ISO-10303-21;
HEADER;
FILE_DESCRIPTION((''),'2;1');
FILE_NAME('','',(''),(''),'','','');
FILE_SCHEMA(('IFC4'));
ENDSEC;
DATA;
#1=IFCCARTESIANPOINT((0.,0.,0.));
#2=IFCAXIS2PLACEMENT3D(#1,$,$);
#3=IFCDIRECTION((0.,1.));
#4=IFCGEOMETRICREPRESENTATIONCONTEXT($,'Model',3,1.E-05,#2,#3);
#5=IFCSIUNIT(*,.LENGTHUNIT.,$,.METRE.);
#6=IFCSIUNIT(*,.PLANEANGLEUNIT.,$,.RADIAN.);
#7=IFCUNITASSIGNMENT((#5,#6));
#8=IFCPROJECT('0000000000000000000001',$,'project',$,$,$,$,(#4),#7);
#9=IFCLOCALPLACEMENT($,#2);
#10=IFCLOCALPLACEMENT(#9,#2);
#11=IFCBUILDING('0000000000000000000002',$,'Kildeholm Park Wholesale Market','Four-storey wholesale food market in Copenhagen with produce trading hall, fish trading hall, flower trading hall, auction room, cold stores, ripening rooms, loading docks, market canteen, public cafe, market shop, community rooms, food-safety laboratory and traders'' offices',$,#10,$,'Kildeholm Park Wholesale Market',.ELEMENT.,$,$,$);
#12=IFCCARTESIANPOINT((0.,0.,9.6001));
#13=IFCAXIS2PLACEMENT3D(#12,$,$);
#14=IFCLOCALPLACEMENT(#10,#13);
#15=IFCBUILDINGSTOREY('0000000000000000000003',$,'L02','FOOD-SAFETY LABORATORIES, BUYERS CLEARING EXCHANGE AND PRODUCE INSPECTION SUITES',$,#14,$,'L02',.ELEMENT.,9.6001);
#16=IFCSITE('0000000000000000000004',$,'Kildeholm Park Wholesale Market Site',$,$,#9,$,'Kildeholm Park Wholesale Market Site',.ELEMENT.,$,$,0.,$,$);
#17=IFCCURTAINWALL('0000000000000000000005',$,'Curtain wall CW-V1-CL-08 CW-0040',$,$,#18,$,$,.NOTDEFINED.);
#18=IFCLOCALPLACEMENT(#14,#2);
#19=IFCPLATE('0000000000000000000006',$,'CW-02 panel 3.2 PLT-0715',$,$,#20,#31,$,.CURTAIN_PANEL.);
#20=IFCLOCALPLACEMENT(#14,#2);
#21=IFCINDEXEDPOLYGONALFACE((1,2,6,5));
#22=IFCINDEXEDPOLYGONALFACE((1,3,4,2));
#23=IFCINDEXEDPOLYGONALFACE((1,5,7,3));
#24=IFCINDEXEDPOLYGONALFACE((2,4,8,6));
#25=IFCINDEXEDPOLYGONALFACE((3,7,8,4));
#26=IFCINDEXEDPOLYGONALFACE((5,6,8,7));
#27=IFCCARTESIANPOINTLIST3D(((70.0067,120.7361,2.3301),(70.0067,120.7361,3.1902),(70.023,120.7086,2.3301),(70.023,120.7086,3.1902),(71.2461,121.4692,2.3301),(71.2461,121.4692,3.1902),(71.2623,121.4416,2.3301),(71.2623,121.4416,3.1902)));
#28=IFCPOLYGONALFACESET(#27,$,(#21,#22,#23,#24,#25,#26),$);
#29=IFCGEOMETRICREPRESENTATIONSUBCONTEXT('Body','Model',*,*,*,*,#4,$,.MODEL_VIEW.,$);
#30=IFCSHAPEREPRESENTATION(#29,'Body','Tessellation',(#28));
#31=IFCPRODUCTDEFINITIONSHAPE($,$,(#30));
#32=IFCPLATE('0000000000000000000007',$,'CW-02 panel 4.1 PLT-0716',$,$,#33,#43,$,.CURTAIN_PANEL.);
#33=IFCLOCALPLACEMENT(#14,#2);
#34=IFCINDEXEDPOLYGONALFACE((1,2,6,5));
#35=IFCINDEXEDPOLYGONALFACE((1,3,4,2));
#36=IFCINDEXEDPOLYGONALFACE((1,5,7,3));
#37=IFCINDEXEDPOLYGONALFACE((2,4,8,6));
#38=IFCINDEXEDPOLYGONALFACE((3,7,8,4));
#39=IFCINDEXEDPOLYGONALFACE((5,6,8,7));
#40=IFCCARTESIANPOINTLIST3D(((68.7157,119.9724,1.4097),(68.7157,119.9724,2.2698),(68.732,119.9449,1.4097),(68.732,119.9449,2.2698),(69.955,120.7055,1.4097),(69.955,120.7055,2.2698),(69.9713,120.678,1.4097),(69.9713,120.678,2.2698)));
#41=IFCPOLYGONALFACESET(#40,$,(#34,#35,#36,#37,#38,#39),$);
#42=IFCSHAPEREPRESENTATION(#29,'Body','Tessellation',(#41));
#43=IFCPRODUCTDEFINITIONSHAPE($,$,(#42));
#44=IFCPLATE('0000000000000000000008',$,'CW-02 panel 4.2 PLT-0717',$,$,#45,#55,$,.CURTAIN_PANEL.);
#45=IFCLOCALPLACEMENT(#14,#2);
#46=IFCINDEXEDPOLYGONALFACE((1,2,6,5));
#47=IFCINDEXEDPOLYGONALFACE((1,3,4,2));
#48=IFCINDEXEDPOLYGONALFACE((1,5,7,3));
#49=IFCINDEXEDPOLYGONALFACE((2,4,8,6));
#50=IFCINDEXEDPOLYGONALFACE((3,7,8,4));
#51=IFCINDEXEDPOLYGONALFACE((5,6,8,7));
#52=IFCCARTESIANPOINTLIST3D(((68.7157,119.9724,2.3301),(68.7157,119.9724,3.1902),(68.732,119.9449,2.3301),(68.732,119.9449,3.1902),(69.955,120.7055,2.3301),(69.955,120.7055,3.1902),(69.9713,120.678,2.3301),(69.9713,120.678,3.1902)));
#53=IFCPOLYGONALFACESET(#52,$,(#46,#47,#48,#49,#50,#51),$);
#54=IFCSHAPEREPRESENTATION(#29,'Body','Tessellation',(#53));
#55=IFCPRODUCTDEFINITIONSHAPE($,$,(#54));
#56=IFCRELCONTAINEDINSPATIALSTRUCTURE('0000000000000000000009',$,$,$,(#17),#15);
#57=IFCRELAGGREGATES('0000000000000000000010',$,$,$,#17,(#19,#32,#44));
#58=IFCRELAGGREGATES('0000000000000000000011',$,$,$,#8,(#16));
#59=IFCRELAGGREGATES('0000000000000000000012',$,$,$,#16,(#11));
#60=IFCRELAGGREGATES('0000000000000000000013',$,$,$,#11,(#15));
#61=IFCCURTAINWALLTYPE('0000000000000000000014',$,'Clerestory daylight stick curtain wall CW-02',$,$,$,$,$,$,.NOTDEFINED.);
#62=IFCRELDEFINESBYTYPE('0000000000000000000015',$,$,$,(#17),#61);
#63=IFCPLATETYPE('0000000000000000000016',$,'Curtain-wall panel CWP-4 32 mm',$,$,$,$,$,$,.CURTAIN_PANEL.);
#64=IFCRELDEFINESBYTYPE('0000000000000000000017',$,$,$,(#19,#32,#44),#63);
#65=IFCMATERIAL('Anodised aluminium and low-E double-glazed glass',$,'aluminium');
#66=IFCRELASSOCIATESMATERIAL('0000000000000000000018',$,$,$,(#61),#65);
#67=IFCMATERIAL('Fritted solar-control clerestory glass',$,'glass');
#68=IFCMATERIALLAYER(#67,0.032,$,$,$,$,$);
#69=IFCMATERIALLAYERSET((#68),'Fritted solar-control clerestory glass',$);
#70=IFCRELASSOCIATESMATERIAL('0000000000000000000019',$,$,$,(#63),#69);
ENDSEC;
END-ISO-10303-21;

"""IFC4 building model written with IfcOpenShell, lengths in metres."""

from ifc_helpers import new_model, si_unit, direction, frame, origin, origin_2d, place, context, subcontext, project, spatial, rectangle, extrude, material, layer, layer_set, type_object, element, aggregate, save


model = new_model("IFC4")

# Units and contexts
model_context = context("Model", 3, precision=1e-05, world=origin(), true_north=direction((0.0, 1.0)))
body_context = subcontext(model_context, "Body", "Model", "MODEL_VIEW")
ifc_project = project(units=[si_unit("LENGTHUNIT", "METRE"), si_unit("PLANEANGLEUNIT", "RADIAN")], contexts=[model_context])

# Site, building, storey
site_placement = place(None, origin())
site = spatial("IfcSite", under=ifc_project, at=site_placement, Name="Kildeholm Park Wholesale Market Site", LongName="Kildeholm Park Wholesale Market Site", CompositionType="ELEMENT", RefElevation=0.0)
building_placement = place(site_placement, origin())
building = spatial("IfcBuilding", under=site, at=building_placement, Name="Kildeholm Park Wholesale Market", Description="Four-storey wholesale food market in Copenhagen with produce trading hall, fish trading hall, flower trading hall, auction room, cold stores, ripening rooms, loading docks, market canteen, public cafe, market shop, community rooms, food-safety laboratory and traders' offices", LongName="Kildeholm Park Wholesale Market", CompositionType="ELEMENT")
storey_placement = place(building_placement, frame((0.0, 0.0, 9.6001)))
storey = spatial("IfcBuildingStorey", under=building, at=storey_placement, Name="L02", Description="FOOD-SAFETY LABORATORIES, BUYERS CLEARING EXCHANGE AND PRODUCE INSPECTION SUITES", LongName="L02", CompositionType="ELEMENT", Elevation=9.6001)

# Curtain wall, plates
ifc_material_1 = material(Name="Anodised aluminium and low-E double-glazed glass", Category="aluminium")
curtain_wall_type = type_object("IfcCurtainWallType", Name="Clerestory daylight stick curtain wall CW-02", PredefinedType="NOTDEFINED", material=ifc_material_1)
curtain_wall_placement = place(storey_placement, origin())
curtain_wall = element("IfcCurtainWall", 1, at=curtain_wall_placement, inside=storey, type_object=curtain_wall_type, Name="Curtain wall CW-V1-CL-08 CW-0040", PredefinedType="NOTDEFINED")
ifc_material_2 = material(Name="Fritted solar-control clerestory glass", Category="glass")
ifc_layer = layer(ifc_material_2, 0.032)
ifc_layer_set = layer_set([ifc_layer], Name="Fritted solar-control clerestory glass")
plate_type = type_object("IfcPlateType", Name="Curtain-wall panel CWP-4 32 mm", PredefinedType="CURTAIN_PANEL", material=ifc_layer_set)
plate_1_placement = place(storey_placement, frame((70.6345, 121.0889, 2.3301), z_axis=(0.0, 0.0, 1.0), x_axis=(-0.860704, -0.509105, 0.0)))
plate_1 = element("IfcPlate", 2, at=plate_1_placement, type_object=plate_type, Name="CW-02 panel 3.2 PLT-0715", PredefinedType="CURTAIN_PANEL", context=body_context, shape_type="SweptSolid", body=[
    extrude(rectangle(XDim=1.4399, YDim=0.032, at=origin_2d()), origin(), (0.0, 0.0, 1.0), 0.8601),
])
plate_2_placement = place(storey_placement, frame((69.3435, 120.3252, 1.4097), z_axis=(0.0, 0.0, 1.0), x_axis=(-0.860704, -0.509105, 0.0)))
plate_2 = element("IfcPlate", 3, at=plate_2_placement, type_object=plate_type, Name="CW-02 panel 4.1 PLT-0716", PredefinedType="CURTAIN_PANEL", context=body_context, shape_type="SweptSolid", body=[
    extrude(rectangle(XDim=1.4399, YDim=0.032, at=origin_2d()), origin(), (0.0, 0.0, 1.0), 0.8601),
])
plate_3_placement = place(storey_placement, frame((69.3435, 120.3252, 2.3301), z_axis=(0.0, 0.0, 1.0), x_axis=(-0.860704, -0.509105, 0.0)))
plate_3 = element("IfcPlate", 4, at=plate_3_placement, type_object=plate_type, Name="CW-02 panel 4.2 PLT-0717", PredefinedType="CURTAIN_PANEL", context=body_context, shape_type="SweptSolid", body=[
    extrude(rectangle(XDim=1.4399, YDim=0.032, at=origin_2d()), origin(), (0.0, 0.0, 1.0), 0.8601),
])
aggregate(curtain_wall, [plate_1, plate_2, plate_3])

save(model, "model.ifc")
